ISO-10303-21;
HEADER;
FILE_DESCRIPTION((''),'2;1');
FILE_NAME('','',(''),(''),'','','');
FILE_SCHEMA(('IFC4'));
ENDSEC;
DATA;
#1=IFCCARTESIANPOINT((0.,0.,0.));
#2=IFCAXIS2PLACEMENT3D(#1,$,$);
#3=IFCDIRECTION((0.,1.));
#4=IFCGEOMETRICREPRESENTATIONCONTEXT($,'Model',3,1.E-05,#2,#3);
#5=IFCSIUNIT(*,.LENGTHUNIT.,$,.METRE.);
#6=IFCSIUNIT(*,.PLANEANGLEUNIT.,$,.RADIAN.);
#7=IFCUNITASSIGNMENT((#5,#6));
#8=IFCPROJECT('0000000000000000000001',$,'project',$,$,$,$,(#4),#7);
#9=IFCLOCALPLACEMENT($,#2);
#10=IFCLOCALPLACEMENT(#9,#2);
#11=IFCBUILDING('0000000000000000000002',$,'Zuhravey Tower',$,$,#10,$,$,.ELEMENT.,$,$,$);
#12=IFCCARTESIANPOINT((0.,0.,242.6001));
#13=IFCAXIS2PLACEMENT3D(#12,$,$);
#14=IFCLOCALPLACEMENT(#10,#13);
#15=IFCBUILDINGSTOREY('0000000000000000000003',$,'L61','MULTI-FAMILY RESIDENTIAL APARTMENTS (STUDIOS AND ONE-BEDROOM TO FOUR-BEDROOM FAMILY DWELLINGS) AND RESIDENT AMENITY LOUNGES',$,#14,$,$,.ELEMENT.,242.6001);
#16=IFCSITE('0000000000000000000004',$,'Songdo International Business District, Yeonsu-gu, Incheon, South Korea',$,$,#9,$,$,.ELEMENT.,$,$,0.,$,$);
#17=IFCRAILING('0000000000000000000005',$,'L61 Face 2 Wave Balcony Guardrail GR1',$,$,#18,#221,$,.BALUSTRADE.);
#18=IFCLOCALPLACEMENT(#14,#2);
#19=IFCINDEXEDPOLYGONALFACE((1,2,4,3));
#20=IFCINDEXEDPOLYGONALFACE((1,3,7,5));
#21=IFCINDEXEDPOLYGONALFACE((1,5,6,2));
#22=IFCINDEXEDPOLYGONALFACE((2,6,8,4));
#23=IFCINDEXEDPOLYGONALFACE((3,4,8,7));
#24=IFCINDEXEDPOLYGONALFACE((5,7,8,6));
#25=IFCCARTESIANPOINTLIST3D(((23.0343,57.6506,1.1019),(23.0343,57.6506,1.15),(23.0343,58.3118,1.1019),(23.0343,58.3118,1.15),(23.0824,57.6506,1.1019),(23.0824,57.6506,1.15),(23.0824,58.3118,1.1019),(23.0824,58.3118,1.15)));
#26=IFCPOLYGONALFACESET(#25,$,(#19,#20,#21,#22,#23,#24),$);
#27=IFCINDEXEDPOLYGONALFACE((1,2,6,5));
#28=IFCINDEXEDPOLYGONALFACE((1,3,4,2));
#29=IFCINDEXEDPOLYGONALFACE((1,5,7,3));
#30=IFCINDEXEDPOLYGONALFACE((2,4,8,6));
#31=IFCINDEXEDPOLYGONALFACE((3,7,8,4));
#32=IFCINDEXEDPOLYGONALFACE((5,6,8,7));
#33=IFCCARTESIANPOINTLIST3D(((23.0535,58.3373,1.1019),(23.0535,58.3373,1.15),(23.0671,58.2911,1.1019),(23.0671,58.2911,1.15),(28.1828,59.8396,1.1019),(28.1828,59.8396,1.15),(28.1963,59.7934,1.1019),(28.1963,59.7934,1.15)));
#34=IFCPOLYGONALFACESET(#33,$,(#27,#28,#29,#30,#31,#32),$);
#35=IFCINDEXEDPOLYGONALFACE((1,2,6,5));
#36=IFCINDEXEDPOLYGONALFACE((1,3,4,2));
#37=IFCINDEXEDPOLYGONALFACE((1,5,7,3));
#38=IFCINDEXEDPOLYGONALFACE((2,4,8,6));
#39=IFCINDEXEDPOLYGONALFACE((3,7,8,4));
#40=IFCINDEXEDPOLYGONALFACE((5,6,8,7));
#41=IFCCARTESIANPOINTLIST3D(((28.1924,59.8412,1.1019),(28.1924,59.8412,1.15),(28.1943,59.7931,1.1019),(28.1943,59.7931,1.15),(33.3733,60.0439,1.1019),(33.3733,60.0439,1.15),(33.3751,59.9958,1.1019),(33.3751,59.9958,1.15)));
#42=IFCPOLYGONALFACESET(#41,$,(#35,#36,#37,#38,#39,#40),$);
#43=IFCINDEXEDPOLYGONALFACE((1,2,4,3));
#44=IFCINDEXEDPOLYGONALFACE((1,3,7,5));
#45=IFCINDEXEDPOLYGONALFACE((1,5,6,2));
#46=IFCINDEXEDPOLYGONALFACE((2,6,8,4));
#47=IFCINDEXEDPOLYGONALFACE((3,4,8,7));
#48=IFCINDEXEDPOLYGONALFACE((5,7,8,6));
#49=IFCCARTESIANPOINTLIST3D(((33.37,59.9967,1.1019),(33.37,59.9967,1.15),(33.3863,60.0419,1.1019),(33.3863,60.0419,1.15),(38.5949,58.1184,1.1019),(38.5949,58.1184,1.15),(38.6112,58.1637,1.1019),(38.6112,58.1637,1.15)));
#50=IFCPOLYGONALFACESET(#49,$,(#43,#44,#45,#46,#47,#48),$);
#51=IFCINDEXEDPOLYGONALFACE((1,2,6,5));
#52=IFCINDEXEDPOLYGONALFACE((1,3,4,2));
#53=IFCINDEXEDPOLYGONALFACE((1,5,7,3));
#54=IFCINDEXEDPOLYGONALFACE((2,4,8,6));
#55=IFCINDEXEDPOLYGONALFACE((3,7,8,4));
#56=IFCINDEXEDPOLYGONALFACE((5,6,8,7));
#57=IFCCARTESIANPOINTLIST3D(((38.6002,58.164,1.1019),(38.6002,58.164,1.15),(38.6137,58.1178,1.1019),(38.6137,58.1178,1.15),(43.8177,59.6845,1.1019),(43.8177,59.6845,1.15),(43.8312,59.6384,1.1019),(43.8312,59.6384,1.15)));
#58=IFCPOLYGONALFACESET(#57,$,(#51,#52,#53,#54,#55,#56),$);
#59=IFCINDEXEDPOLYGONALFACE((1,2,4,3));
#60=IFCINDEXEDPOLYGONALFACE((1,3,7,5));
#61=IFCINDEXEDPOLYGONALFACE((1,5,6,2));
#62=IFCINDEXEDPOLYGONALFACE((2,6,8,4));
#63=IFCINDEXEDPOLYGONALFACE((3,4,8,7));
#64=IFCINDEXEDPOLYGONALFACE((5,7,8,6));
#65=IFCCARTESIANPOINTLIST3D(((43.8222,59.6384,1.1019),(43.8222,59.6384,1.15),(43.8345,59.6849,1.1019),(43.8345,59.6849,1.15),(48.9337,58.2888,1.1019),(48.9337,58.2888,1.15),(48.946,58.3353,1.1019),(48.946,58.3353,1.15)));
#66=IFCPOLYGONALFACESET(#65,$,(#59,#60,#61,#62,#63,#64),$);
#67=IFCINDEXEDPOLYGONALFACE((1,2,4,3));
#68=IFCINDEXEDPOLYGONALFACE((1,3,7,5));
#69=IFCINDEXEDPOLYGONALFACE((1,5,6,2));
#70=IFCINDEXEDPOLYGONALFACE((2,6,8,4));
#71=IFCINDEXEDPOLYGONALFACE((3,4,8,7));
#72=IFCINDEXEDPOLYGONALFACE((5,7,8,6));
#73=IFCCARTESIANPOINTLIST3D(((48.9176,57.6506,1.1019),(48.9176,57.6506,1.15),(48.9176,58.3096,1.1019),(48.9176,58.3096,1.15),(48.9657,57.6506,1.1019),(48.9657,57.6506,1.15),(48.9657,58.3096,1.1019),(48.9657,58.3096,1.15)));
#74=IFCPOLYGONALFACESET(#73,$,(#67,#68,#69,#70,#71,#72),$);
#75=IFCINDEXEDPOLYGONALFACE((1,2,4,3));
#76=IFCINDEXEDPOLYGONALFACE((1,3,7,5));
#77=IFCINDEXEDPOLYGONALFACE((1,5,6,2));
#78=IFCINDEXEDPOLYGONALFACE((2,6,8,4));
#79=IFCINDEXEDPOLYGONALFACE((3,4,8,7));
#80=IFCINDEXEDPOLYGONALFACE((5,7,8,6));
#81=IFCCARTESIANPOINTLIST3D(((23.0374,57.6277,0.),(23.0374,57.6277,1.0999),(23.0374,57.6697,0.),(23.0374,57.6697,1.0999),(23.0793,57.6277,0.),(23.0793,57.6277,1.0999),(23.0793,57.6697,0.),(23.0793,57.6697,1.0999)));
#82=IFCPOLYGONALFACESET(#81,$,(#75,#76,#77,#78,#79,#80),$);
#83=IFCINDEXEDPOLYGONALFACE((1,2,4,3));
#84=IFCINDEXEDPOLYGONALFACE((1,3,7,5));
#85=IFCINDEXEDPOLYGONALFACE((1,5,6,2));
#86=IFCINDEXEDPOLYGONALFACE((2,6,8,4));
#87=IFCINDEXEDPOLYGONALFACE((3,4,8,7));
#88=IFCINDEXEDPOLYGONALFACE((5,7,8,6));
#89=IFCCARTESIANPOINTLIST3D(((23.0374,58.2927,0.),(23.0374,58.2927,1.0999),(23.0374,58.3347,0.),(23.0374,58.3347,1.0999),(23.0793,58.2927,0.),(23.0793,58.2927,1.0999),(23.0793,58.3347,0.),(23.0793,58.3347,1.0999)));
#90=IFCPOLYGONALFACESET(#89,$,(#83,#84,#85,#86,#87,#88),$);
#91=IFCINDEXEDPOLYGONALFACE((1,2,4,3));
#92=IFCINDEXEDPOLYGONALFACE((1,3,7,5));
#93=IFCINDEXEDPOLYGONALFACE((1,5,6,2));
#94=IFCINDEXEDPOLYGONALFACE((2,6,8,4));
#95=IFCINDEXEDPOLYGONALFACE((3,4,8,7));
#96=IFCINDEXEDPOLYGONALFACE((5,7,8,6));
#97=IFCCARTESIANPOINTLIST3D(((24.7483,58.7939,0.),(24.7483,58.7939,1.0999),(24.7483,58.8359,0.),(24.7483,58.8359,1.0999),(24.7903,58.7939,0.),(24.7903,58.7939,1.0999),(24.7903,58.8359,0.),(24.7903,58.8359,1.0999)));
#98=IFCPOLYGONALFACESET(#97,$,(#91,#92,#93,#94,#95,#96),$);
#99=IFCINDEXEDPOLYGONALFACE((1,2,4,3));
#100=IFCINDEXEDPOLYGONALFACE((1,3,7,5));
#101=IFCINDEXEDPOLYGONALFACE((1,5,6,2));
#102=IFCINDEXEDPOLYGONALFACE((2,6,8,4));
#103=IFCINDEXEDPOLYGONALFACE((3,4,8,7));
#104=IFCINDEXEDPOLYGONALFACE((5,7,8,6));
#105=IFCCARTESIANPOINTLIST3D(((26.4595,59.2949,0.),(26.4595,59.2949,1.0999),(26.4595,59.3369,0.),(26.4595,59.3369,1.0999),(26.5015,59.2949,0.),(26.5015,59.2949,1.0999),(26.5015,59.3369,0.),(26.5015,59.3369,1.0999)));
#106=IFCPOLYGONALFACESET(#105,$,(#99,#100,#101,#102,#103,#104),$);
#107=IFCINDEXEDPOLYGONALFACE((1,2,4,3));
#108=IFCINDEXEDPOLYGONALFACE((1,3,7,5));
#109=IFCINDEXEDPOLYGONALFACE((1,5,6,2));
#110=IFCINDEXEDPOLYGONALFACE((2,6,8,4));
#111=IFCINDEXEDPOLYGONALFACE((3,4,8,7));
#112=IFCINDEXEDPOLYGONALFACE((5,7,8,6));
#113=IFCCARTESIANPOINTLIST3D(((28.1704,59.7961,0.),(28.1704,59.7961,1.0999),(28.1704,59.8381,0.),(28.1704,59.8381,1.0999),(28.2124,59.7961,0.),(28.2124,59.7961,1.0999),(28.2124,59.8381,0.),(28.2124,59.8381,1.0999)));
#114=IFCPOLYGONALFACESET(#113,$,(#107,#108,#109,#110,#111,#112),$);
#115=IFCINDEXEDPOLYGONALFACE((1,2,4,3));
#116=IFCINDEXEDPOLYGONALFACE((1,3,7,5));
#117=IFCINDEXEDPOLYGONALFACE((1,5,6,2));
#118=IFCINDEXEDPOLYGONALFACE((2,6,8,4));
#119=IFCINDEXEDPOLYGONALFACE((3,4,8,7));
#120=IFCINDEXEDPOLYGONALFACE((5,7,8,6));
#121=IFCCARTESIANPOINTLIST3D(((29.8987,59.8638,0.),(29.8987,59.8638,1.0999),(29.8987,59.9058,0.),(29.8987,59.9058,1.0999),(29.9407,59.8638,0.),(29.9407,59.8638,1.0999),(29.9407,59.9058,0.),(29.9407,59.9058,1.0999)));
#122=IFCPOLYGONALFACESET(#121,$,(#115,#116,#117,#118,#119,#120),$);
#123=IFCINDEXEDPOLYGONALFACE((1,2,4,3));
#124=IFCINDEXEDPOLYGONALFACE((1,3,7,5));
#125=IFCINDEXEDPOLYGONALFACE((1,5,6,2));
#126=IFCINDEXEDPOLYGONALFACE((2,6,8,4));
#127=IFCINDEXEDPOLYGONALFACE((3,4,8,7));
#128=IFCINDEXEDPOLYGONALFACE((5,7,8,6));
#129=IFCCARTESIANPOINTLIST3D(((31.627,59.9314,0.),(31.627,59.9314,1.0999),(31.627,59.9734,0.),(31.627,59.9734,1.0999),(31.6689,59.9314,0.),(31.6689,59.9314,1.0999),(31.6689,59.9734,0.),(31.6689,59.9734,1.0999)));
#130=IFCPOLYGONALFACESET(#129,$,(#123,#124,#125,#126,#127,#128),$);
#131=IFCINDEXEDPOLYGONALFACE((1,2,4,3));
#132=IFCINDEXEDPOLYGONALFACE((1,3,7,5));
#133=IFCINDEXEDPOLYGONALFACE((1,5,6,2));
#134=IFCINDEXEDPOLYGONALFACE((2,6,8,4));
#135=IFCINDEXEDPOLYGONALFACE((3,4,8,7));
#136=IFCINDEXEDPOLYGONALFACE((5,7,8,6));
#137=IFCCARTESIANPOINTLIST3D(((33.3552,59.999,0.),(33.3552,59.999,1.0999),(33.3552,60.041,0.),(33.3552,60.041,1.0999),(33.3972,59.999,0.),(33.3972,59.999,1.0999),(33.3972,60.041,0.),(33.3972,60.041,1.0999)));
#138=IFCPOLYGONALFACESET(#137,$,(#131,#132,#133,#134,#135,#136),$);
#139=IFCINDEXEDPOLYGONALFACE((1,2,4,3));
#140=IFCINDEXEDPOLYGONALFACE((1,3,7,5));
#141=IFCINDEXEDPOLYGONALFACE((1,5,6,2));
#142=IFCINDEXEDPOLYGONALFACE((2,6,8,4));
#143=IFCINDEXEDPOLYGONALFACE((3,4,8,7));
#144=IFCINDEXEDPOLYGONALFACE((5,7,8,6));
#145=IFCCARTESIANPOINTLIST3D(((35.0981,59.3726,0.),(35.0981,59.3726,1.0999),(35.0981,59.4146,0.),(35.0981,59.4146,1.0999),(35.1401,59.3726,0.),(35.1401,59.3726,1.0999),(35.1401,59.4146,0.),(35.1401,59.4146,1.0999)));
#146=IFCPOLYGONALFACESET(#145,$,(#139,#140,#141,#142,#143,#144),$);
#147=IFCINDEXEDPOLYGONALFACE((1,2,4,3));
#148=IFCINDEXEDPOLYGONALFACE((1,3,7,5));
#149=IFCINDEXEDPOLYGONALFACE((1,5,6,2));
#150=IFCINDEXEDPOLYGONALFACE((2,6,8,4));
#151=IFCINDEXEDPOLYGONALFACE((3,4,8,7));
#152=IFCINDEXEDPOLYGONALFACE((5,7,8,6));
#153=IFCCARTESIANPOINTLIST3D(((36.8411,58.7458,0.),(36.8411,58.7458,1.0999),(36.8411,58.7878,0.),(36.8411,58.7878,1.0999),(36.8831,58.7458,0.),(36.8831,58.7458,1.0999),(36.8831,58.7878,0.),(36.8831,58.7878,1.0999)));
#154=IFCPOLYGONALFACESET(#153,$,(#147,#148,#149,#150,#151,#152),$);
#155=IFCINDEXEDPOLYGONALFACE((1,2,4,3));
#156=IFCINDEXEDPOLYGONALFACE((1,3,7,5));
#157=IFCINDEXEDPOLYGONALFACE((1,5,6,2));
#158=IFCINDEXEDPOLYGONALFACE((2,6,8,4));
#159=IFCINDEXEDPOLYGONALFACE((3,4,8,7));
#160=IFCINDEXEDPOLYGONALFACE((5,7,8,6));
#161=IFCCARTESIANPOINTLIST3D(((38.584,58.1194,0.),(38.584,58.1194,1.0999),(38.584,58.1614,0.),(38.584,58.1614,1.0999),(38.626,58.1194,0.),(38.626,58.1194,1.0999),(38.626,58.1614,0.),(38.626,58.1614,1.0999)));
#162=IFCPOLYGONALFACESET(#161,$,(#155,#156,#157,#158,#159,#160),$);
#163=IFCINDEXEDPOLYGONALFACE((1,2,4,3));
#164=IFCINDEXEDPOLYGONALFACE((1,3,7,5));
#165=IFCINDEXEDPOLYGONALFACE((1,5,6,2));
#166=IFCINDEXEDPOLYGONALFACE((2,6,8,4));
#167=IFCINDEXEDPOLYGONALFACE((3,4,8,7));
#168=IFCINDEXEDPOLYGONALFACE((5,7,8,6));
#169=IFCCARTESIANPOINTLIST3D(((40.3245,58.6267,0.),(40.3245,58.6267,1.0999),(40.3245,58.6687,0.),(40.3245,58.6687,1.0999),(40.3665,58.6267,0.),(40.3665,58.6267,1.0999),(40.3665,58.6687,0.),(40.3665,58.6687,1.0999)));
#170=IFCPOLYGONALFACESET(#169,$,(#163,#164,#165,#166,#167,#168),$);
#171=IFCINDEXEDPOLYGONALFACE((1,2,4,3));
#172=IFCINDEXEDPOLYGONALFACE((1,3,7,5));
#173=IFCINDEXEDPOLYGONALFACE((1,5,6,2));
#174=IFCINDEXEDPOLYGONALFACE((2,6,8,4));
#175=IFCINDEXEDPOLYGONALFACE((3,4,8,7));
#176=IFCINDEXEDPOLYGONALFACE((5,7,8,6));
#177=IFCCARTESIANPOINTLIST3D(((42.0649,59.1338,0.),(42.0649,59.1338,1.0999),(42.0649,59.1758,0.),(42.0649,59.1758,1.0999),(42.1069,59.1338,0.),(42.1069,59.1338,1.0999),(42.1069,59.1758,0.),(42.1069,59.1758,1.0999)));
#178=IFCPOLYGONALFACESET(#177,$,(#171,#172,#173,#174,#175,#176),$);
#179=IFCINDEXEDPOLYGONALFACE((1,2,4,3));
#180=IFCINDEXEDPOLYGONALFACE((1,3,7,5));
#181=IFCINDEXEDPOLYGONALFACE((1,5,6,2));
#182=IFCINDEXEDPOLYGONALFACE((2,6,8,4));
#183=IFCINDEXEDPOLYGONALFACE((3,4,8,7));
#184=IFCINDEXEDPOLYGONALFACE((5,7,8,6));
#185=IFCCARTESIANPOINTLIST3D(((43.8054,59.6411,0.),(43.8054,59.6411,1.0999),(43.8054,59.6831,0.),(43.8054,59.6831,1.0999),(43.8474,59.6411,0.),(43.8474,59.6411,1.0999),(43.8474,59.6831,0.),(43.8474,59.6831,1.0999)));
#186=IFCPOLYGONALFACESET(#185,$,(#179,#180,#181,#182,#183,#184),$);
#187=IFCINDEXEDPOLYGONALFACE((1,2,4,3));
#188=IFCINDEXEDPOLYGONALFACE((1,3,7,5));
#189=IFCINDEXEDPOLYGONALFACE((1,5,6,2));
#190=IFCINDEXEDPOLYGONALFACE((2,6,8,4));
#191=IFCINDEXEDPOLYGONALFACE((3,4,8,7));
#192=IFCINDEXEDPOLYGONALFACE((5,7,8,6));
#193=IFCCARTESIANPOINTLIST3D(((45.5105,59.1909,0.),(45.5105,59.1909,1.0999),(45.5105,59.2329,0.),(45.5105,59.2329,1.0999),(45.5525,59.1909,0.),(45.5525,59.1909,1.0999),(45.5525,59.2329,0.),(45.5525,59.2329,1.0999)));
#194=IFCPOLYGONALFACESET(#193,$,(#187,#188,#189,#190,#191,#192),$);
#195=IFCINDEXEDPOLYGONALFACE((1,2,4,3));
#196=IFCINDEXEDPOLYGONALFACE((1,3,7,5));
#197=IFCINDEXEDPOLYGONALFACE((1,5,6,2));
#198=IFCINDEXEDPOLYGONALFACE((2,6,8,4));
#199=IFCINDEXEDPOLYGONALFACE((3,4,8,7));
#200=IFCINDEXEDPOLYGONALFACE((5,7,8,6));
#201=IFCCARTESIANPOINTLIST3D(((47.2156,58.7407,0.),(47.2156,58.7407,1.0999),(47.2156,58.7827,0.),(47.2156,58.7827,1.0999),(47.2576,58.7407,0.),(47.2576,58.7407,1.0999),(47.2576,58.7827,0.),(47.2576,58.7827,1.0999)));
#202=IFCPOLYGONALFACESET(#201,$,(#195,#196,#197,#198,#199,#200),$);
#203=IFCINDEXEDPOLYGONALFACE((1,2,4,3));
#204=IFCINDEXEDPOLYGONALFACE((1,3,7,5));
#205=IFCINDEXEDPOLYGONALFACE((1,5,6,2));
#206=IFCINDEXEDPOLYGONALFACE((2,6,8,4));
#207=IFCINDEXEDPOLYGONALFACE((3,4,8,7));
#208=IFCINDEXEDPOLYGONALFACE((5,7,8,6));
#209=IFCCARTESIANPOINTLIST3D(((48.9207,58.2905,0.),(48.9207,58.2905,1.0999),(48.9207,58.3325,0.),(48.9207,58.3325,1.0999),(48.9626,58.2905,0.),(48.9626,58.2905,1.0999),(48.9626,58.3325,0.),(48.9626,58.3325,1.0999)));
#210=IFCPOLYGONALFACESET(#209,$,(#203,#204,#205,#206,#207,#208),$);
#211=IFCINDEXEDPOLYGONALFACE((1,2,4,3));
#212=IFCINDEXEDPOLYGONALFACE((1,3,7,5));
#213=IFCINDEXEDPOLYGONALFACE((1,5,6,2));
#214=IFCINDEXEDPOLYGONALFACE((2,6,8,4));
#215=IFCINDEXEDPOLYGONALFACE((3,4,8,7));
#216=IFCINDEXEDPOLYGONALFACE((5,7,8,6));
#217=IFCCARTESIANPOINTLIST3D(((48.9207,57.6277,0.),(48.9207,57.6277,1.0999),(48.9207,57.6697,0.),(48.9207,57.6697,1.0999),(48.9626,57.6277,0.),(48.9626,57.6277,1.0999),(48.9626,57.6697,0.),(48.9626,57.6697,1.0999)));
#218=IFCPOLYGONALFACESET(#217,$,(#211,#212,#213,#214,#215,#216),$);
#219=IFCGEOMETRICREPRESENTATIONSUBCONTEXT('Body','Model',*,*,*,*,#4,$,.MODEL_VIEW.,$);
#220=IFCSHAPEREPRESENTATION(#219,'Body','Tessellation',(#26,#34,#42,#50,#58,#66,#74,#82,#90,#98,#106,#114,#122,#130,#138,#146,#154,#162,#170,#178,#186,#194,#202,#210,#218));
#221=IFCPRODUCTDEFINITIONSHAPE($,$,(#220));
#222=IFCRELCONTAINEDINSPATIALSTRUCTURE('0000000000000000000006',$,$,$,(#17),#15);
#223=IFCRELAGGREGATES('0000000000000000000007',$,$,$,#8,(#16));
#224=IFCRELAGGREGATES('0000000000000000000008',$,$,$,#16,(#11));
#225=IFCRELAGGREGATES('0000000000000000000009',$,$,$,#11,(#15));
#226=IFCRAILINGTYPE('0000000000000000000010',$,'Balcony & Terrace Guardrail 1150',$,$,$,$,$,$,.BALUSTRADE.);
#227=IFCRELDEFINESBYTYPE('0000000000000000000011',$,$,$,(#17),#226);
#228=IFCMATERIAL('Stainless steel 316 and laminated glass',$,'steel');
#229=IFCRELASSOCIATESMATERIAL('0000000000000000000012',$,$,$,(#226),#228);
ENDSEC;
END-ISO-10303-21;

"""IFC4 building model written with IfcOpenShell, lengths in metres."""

from ifc_helpers import new_model, si_unit, direction, frame, origin, origin_2d, place, context, subcontext, project, spatial, rectangle, extrude, material, type_object, element, save


model = new_model("IFC4")

# Units and contexts
model_context = context("Model", 3, precision=1e-05, world=origin(), true_north=direction((0.0, 1.0)))
body_context = subcontext(model_context, "Body", "Model", "MODEL_VIEW")
ifc_project = project(units=[si_unit("LENGTHUNIT", "METRE"), si_unit("PLANEANGLEUNIT", "RADIAN")], contexts=[model_context])

# Site, building, storey
site_placement = place(None, origin())
site = spatial("IfcSite", under=ifc_project, at=site_placement, Name="Songdo International Business District, Yeonsu-gu, Incheon, South Korea", CompositionType="ELEMENT", RefElevation=0.0)
building_placement = place(site_placement, origin())
building = spatial("IfcBuilding", under=site, at=building_placement, Name="Zuhravey Tower", CompositionType="ELEMENT")
storey_placement = place(building_placement, frame((0.0, 0.0, 242.6001)))
storey = spatial("IfcBuildingStorey", under=building, at=storey_placement, Name="L61", Description="MULTI-FAMILY RESIDENTIAL APARTMENTS (STUDIOS AND ONE-BEDROOM TO FOUR-BEDROOM FAMILY DWELLINGS) AND RESIDENT AMENITY LOUNGES", CompositionType="ELEMENT", Elevation=242.6001)

# Railing
ifc_material_1 = material(Name="Stainless steel 316 and laminated glass", Category="steel")
railing_type = type_object("IfcRailingType", Name="Balcony & Terrace Guardrail 1150", PredefinedType="BALUSTRADE", material=ifc_material_1)
railing_placement = place(storey_placement, frame((23.0583, 57.6487, 0.0)))
element("IfcRailing", 1, at=railing_placement, inside=storey, type_object=railing_type, Name="L61 Face 2 Wave Balcony Guardrail GR1", PredefinedType="BALUSTRADE", context=body_context, shape_type="SweptSolid", body=[
    extrude(rectangle(XDim=0.0481, YDim=0.0481, at=origin_2d()), frame((0.0, 0.002, 1.126), z_axis=(0.0, 1.0, 0.0), x_axis=(-1.0, 0.0, 0.0)), (0.0, 0.0, 1.0), 0.6611),
    extrude(rectangle(XDim=0.0481, YDim=0.0481, at=origin_2d()), frame((0.002, 0.6655, 1.126), z_axis=(0.959684, 0.281081, 0.0), x_axis=(-0.281081, 0.959684, 0.0)), (0.0, 0.0, 1.0), 5.3447),
    extrude(rectangle(XDim=0.0481, YDim=0.0481, at=origin_2d()), frame((5.135, 2.1685, 1.126), z_axis=(0.999235, 0.0391, 0.0), x_axis=(-0.0391, 0.999235, 0.0)), (0.0, 0.0, 1.0), 5.1848),
    extrude(rectangle(XDim=0.0481, YDim=0.0481, at=origin_2d()), frame((10.3198, 2.3706, 1.126), z_axis=(0.941043, -0.338287, 0.0), x_axis=(0.338287, 0.941043, 0.0)), (0.0, 0.0, 1.0), 5.5522),
    extrude(rectangle(XDim=0.0481, YDim=0.0481, at=origin_2d()), frame((15.5486, 0.4922, 1.126), z_axis=(0.960059, 0.279798, 0.0), x_axis=(-0.279798, 0.960059, 0.0)), (0.0, 0.0, 1.0), 5.4346),
    extrude(rectangle(XDim=0.0481, YDim=0.0481, at=origin_2d()), frame((20.77, 2.0129, 1.126), z_axis=(0.966866, -0.255284, 0.0), x_axis=(0.255284, 0.966866, 0.0)), (0.0, 0.0, 1.0), 5.2866),
    extrude(rectangle(XDim=0.0481, YDim=0.0481, at=origin_2d()), frame((25.8833, 0.6609, 1.126), z_axis=(0.0, -1.0, 0.0), x_axis=(1.0, 0.0, 0.0)), (0.0, 0.0, 1.0), 0.6589),
    extrude(rectangle(XDim=0.042, YDim=0.042, at=origin_2d()), origin(), (0.0, 0.0, 1.0), 1.0999),
    extrude(rectangle(XDim=0.042, YDim=0.042, at=origin_2d()), frame((0.0, 0.665, 0.0)), (0.0, 0.0, 1.0), 1.0999),
    extrude(rectangle(XDim=0.042, YDim=0.042, at=origin_2d()), frame((1.7109, 1.1663, 0.0)), (0.0, 0.0, 1.0), 1.0999),
    extrude(rectangle(XDim=0.042, YDim=0.042, at=origin_2d()), frame((3.4221, 1.6672, 0.0)), (0.0, 0.0, 1.0), 1.0999),
    extrude(rectangle(XDim=0.042, YDim=0.042, at=origin_2d()), frame((5.1331, 2.1685, 0.0)), (0.0, 0.0, 1.0), 1.0999),
    extrude(rectangle(XDim=0.042, YDim=0.042, at=origin_2d()), frame((6.8613, 2.2361, 0.0)), (0.0, 0.0, 1.0), 1.0999),
    extrude(rectangle(XDim=0.042, YDim=0.042, at=origin_2d()), frame((8.5896, 2.3037, 0.0)), (0.0, 0.0, 1.0), 1.0999),
    extrude(rectangle(XDim=0.042, YDim=0.042, at=origin_2d()), frame((10.3179, 2.3713, 0.0)), (0.0, 0.0, 1.0), 1.0999),
    extrude(rectangle(XDim=0.042, YDim=0.042, at=origin_2d()), frame((12.0608, 1.7449, 0.0)), (0.0, 0.0, 1.0), 1.0999),
    extrude(rectangle(XDim=0.042, YDim=0.042, at=origin_2d()), frame((13.8037, 1.1182, 0.0)), (0.0, 0.0, 1.0), 1.0999),
    extrude(rectangle(XDim=0.042, YDim=0.042, at=origin_2d()), frame((15.5466, 0.4917, 0.0)), (0.0, 0.0, 1.0), 1.0999),
    extrude(rectangle(XDim=0.042, YDim=0.042, at=origin_2d()), frame((17.2871, 0.999, 0.0)), (0.0, 0.0, 1.0), 1.0999),
    extrude(rectangle(XDim=0.042, YDim=0.042, at=origin_2d()), frame((19.0276, 1.5061, 0.0)), (0.0, 0.0, 1.0), 1.0999),
    extrude(rectangle(XDim=0.042, YDim=0.042, at=origin_2d()), frame((20.7681, 2.0134, 0.0)), (0.0, 0.0, 1.0), 1.0999),
    extrude(rectangle(XDim=0.042, YDim=0.042, at=origin_2d()), frame((22.4731, 1.5632, 0.0)), (0.0, 0.0, 1.0), 1.0999),
    extrude(rectangle(XDim=0.042, YDim=0.042, at=origin_2d()), frame((24.1782, 1.113, 0.0)), (0.0, 0.0, 1.0), 1.0999),
    extrude(rectangle(XDim=0.042, YDim=0.042, at=origin_2d()), frame((25.8833, 0.6628, 0.0)), (0.0, 0.0, 1.0), 1.0999),
    extrude(rectangle(XDim=0.042, YDim=0.042, at=origin_2d()), frame((25.8833, 0.0, 0.0)), (0.0, 0.0, 1.0), 1.0999),
])

save(model, "model.ifc")
